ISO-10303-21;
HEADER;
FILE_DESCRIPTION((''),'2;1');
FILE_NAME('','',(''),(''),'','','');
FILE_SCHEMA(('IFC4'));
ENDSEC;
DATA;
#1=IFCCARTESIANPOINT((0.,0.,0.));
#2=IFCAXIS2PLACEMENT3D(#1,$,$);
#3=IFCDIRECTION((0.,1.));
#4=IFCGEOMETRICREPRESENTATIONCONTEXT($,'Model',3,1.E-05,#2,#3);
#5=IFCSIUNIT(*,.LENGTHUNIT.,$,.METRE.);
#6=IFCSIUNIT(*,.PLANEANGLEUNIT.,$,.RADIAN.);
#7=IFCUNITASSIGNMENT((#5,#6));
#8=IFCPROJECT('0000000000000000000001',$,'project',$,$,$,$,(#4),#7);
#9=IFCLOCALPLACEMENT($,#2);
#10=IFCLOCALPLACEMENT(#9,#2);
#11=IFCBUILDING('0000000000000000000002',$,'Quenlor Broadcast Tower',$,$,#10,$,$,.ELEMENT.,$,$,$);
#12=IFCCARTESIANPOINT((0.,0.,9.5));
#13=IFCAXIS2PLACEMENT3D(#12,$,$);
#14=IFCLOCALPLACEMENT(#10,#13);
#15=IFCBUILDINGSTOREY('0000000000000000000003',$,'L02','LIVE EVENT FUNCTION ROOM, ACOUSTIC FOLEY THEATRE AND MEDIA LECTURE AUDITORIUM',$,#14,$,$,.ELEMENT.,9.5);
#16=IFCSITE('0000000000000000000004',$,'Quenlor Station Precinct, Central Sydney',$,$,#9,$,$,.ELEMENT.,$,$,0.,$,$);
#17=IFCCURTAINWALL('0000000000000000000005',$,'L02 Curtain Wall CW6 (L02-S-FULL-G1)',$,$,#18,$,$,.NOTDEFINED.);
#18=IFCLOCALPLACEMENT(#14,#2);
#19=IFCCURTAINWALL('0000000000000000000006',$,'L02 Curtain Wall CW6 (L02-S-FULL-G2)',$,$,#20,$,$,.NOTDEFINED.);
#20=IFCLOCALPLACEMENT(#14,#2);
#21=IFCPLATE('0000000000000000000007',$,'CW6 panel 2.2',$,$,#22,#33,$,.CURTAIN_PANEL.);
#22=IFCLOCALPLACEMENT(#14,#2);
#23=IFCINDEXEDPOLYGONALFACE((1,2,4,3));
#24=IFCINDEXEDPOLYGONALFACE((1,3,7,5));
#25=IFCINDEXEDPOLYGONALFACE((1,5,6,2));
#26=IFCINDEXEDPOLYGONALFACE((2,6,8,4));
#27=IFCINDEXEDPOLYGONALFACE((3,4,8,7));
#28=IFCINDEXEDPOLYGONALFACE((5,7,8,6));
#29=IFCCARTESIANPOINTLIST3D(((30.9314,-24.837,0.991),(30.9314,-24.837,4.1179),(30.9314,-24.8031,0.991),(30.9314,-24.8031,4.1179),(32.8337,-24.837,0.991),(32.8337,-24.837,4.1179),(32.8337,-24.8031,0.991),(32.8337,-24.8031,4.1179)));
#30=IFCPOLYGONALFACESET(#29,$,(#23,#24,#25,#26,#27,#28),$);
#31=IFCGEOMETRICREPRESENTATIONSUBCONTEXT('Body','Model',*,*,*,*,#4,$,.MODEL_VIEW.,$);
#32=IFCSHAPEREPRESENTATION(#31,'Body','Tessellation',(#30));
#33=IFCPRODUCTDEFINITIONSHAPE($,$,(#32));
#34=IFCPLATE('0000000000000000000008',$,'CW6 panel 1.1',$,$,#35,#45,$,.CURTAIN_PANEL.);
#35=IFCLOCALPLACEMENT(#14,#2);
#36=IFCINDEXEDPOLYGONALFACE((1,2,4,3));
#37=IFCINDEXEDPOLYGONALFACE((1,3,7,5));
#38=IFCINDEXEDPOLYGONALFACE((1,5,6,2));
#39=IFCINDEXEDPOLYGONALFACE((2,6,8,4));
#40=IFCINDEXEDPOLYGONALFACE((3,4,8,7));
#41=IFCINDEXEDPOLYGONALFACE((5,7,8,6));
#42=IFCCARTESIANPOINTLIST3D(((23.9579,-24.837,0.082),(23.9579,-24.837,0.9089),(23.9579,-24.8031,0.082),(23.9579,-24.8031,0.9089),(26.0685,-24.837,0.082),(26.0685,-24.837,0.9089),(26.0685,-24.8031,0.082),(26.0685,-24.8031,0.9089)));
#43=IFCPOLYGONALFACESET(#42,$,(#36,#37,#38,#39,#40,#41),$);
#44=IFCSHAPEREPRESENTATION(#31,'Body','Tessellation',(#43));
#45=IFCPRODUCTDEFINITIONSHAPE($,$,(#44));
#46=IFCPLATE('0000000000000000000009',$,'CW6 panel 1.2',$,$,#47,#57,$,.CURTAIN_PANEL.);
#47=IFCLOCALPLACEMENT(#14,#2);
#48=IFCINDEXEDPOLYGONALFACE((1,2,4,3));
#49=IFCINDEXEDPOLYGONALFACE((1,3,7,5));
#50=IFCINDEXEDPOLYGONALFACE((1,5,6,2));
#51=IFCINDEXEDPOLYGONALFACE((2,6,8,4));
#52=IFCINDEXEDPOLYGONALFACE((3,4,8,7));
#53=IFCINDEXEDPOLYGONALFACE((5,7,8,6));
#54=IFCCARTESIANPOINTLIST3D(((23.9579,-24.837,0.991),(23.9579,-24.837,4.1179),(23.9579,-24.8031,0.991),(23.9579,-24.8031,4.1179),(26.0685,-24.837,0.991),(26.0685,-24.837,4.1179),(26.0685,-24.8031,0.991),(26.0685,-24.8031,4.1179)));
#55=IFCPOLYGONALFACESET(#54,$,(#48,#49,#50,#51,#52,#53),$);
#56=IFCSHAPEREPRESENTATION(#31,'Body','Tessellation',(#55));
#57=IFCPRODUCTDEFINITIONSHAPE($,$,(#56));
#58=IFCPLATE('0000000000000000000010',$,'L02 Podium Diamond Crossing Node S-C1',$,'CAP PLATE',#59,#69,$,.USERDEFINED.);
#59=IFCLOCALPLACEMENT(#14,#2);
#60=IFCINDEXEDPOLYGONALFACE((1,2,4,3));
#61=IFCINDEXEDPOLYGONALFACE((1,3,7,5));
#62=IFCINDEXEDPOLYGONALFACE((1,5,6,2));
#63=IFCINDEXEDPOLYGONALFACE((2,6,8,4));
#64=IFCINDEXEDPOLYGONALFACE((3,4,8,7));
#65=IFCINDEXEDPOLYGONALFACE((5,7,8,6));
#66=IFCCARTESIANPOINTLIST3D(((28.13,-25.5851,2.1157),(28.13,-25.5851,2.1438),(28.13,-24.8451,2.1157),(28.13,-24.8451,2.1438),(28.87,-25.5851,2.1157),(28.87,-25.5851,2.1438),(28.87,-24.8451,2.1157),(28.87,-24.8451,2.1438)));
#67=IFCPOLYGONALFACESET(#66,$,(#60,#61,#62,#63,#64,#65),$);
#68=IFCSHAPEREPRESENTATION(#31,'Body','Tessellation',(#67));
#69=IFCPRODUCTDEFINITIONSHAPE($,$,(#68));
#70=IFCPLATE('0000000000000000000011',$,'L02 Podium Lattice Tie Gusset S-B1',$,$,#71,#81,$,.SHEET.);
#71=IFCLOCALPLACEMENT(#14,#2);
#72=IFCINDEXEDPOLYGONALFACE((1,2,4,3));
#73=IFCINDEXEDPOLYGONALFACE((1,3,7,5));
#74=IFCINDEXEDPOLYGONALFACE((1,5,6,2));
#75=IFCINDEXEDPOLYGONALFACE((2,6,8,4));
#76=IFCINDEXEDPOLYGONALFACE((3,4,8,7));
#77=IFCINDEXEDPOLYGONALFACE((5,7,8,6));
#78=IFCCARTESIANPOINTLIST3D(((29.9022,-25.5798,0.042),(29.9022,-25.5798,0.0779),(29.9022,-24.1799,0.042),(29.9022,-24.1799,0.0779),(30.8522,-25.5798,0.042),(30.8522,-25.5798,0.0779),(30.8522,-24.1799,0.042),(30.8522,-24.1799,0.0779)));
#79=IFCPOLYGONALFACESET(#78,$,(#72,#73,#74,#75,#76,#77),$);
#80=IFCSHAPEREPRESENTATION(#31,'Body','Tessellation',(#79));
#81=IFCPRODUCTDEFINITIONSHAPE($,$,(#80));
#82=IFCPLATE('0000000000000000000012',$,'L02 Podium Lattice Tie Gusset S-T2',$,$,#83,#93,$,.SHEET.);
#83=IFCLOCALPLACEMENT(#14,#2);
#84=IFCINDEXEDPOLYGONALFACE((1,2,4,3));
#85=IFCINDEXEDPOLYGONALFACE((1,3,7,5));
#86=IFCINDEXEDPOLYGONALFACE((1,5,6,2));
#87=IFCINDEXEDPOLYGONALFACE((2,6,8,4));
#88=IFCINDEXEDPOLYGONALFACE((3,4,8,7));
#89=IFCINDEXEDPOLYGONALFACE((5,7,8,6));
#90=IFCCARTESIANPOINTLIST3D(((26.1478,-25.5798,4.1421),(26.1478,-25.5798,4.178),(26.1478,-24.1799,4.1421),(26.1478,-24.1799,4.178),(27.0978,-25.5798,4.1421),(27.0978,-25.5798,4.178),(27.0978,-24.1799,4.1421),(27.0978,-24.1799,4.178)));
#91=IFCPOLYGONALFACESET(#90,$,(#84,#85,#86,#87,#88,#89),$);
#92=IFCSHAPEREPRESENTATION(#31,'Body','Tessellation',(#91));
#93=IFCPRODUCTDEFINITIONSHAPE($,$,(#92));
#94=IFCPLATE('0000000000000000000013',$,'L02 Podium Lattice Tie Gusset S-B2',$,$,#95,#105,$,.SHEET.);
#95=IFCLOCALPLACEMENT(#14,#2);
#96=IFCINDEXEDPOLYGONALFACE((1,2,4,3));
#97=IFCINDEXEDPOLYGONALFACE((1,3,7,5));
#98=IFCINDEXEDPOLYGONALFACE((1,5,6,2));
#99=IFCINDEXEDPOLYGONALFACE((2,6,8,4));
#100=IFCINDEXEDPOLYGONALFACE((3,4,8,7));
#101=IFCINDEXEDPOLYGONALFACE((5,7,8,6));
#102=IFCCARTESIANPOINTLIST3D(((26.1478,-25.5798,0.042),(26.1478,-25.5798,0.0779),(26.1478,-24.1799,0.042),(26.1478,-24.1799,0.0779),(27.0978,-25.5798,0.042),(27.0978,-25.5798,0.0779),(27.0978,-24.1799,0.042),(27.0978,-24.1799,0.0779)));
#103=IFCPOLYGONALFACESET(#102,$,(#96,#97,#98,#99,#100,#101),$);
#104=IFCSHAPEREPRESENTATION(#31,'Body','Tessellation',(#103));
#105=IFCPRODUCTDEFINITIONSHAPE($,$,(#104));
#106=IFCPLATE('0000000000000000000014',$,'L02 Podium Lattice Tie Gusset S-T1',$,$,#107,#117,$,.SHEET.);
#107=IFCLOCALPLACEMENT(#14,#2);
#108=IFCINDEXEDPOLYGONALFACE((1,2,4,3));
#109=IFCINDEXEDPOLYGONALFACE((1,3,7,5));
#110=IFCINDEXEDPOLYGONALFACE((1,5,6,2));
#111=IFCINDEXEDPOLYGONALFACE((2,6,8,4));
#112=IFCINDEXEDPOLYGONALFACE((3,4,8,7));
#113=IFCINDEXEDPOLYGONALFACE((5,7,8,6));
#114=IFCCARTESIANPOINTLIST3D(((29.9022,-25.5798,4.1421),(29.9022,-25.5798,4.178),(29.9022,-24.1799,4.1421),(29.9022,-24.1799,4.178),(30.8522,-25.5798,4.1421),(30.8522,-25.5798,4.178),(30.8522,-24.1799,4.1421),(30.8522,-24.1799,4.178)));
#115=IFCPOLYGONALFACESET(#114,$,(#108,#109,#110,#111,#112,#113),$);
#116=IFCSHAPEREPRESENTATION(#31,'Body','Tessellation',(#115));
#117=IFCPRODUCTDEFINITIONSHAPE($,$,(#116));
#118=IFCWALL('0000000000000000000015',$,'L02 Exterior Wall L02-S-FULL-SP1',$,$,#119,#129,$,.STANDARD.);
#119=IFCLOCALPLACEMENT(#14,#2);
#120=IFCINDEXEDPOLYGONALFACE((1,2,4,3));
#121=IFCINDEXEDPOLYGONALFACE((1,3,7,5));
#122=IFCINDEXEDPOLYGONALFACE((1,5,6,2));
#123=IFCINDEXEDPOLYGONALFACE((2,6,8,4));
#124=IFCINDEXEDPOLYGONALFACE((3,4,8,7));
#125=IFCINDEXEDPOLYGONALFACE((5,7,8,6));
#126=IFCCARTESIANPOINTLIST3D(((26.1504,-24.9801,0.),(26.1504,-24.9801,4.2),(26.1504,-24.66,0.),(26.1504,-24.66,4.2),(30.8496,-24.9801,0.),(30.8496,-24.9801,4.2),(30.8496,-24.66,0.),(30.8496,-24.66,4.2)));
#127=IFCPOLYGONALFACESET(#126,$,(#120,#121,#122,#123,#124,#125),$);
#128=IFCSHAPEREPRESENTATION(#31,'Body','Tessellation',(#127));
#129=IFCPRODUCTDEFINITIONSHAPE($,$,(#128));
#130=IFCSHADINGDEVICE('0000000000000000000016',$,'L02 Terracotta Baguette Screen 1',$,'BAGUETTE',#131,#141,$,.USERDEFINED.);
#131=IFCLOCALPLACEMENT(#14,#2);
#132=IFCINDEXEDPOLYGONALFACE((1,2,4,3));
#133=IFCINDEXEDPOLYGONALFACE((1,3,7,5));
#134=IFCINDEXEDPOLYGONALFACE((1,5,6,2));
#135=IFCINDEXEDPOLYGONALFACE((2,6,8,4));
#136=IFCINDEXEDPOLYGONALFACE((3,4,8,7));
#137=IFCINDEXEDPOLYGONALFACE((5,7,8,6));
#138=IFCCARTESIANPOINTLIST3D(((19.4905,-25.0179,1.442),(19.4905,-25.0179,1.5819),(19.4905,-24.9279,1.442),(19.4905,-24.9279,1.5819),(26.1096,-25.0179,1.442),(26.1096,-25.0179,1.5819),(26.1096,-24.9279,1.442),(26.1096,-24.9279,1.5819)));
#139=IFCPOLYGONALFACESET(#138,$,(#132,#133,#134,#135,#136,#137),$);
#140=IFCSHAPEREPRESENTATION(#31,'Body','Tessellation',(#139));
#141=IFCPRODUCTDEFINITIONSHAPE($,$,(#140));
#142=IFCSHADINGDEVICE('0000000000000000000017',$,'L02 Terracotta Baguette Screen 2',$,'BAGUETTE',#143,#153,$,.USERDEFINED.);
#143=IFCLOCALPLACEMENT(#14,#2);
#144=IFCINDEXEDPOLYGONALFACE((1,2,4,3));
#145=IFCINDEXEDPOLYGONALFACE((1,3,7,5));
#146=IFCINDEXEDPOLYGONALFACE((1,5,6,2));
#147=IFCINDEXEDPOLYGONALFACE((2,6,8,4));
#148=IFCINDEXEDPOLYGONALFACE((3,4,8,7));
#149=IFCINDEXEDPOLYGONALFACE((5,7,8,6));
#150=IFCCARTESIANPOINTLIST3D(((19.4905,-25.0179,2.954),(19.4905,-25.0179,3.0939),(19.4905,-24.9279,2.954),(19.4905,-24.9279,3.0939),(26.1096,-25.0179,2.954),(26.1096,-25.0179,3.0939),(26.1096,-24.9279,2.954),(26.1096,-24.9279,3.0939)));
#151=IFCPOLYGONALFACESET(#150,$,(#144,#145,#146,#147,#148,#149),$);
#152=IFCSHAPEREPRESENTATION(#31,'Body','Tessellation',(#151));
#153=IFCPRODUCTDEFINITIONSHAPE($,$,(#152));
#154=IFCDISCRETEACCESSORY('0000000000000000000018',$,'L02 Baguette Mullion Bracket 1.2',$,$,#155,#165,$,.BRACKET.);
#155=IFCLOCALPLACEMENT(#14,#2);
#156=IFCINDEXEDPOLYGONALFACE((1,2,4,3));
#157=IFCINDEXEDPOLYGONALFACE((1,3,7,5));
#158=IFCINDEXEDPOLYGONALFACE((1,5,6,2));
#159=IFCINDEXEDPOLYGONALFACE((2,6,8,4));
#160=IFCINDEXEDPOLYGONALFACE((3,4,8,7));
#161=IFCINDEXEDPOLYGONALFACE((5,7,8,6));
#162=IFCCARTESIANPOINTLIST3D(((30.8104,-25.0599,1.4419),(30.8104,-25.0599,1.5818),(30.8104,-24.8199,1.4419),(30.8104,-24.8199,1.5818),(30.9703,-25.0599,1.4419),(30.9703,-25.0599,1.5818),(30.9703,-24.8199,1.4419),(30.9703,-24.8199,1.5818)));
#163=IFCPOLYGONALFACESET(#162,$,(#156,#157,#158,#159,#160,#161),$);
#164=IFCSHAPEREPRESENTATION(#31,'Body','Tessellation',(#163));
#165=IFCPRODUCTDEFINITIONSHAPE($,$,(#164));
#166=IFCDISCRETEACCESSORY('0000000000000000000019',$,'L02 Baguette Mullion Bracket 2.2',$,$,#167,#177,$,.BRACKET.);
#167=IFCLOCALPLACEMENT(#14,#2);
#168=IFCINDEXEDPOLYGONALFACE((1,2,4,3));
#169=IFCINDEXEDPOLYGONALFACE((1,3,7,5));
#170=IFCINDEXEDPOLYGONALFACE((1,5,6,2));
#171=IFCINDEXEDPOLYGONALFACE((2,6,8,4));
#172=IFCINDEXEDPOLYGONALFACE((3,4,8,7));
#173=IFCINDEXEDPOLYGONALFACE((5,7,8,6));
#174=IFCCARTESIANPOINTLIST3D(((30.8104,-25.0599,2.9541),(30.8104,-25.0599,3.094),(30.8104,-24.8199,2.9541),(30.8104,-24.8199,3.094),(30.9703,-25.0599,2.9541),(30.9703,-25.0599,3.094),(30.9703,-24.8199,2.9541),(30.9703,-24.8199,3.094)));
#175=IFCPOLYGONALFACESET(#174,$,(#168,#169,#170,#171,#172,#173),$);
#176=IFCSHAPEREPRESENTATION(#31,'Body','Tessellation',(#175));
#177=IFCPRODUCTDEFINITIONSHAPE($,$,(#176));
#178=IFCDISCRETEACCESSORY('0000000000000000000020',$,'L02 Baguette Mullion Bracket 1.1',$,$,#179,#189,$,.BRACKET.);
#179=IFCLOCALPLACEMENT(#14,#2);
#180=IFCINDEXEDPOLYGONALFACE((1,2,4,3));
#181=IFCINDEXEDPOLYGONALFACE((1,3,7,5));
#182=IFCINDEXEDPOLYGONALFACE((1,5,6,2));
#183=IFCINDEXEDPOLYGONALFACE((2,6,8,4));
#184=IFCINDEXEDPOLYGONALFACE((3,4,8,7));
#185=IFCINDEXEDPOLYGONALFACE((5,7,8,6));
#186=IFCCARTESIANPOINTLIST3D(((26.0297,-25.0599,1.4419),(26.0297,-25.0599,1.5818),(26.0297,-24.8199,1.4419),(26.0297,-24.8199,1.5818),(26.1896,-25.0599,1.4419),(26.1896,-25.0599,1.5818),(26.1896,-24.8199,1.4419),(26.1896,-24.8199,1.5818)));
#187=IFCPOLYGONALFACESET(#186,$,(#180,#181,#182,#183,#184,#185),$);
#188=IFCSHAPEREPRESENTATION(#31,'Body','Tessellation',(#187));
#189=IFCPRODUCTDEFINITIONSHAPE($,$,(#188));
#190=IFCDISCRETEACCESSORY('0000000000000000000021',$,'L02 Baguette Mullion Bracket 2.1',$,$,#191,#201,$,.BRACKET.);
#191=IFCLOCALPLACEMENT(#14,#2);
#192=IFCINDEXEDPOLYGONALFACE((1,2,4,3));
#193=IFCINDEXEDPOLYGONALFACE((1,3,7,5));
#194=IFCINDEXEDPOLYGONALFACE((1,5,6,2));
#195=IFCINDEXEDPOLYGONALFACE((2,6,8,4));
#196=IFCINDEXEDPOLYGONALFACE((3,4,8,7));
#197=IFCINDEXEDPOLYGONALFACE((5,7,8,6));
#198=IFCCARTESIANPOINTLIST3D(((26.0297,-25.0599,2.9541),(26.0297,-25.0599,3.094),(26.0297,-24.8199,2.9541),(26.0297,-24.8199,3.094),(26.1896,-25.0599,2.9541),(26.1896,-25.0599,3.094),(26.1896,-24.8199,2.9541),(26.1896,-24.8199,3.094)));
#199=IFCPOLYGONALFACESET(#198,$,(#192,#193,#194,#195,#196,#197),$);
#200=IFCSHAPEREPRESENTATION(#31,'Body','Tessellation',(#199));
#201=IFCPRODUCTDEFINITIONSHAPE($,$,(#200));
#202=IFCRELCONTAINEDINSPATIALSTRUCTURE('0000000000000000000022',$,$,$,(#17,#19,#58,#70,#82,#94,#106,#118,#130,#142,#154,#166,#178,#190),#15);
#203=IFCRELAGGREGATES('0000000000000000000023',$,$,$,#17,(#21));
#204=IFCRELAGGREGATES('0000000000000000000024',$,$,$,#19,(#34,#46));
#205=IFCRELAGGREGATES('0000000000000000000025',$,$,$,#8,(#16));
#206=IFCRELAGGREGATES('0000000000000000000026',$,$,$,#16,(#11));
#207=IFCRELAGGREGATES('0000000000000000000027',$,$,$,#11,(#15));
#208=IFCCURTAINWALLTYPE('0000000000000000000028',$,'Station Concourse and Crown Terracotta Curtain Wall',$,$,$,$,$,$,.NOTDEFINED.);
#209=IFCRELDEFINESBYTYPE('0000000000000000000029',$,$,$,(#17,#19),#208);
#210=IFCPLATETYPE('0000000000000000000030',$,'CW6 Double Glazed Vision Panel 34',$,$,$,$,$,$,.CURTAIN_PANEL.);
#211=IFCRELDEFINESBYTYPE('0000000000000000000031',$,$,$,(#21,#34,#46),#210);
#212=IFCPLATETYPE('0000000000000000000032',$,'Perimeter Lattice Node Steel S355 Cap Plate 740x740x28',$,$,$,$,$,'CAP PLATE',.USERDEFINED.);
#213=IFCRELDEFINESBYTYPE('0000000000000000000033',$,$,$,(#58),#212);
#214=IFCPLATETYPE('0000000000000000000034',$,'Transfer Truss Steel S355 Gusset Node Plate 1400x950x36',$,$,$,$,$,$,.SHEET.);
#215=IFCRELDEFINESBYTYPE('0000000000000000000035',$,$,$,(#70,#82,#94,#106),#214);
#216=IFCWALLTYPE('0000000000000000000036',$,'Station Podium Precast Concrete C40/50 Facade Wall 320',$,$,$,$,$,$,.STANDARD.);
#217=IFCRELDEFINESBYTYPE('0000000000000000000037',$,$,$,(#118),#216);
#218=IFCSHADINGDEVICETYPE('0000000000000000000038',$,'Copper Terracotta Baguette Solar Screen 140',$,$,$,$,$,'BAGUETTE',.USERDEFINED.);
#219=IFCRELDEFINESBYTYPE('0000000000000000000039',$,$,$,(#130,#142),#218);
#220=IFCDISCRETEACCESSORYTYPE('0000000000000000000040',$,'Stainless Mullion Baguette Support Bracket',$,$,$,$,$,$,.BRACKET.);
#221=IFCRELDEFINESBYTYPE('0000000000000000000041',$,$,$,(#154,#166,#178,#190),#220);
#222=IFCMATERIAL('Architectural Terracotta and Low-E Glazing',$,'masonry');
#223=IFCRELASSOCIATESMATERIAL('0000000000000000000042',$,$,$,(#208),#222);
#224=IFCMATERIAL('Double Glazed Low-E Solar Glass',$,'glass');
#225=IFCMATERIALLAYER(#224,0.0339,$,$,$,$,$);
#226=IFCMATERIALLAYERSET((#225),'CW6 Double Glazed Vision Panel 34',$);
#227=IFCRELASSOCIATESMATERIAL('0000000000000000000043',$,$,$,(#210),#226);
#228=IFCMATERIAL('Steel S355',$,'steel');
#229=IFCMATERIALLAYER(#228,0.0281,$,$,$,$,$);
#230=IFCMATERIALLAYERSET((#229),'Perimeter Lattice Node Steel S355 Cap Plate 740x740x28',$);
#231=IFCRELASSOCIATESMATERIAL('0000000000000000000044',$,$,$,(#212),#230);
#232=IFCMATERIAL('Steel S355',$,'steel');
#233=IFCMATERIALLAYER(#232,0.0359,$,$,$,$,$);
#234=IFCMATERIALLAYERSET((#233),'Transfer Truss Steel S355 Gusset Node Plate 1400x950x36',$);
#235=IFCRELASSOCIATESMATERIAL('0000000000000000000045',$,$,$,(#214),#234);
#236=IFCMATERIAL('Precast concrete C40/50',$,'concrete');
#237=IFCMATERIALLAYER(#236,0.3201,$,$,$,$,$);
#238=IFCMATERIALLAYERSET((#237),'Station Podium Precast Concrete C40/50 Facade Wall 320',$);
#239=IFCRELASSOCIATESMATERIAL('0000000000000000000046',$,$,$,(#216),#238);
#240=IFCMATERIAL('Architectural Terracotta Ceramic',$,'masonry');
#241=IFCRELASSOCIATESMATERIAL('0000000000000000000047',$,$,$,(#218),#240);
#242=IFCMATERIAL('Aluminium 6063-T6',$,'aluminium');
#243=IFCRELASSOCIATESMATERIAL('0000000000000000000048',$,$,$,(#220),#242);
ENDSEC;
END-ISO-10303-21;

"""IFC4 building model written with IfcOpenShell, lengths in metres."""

from ifc_helpers import new_model, si_unit, direction, frame, frame_2d, origin, origin_2d, place, context, subcontext, project, spatial, rectangle, extrude, material, layer, layer_set, material_profile, profile_set, type_object, element, aggregate, save


model = new_model("IFC4")

# Units and contexts
model_context = context("Model", 3, precision=1e-05, world=origin(), true_north=direction((0.0, 1.0)))
body_context = subcontext(model_context, "Body", "Model", "MODEL_VIEW")
ifc_project = project(units=[si_unit("LENGTHUNIT", "METRE"), si_unit("PLANEANGLEUNIT", "RADIAN")], contexts=[model_context])

# Site, building, storey
site_placement = place(None, origin())
site = spatial("IfcSite", under=ifc_project, at=site_placement, Name="Quenlor Station Precinct, Central Sydney", CompositionType="ELEMENT", RefElevation=0.0)
building_placement = place(site_placement, origin())
building = spatial("IfcBuilding", under=site, at=building_placement, Name="Quenlor Broadcast Tower", CompositionType="ELEMENT")
storey_placement = place(building_placement, frame((0.0, 0.0, 9.5)))
storey = spatial("IfcBuildingStorey", under=building, at=storey_placement, Name="L02", Description="LIVE EVENT FUNCTION ROOM, ACOUSTIC FOLEY THEATRE AND MEDIA LECTURE AUDITORIUM", CompositionType="ELEMENT", Elevation=9.5)

# Curtain wall
ifc_material_1 = material(Name="Architectural Terracotta and Low-E Glazing", Category="masonry")
curtain_wall_type = type_object("IfcCurtainWallType", Name="Station Concourse and Crown Terracotta Curtain Wall", PredefinedType="NOTDEFINED", material=ifc_material_1)
curtain_wall_1_placement = place(storey_placement, origin())
curtain_wall_1 = element("IfcCurtainWall", 1, at=curtain_wall_1_placement, inside=storey, type_object=curtain_wall_type, Name="L02 Curtain Wall CW6 (L02-S-FULL-G1)", PredefinedType="NOTDEFINED")

# Curtain wall
curtain_wall_2_placement = place(storey_placement, origin())
curtain_wall_2 = element("IfcCurtainWall", 2, at=curtain_wall_2_placement, inside=storey, type_object=curtain_wall_type, Name="L02 Curtain Wall CW6 (L02-S-FULL-G2)", PredefinedType="NOTDEFINED")

# Plates
ifc_material_2 = material(Name="Double Glazed Low-E Solar Glass", Category="glass")
ifc_layer_1 = layer(ifc_material_2, 0.0339)
ifc_layer_set_1 = layer_set([ifc_layer_1], Name="CW6 Double Glazed Vision Panel 34")
plate_type_1 = type_object("IfcPlateType", Name="CW6 Double Glazed Vision Panel 34", PredefinedType="CURTAIN_PANEL", material=ifc_layer_set_1)
plate_1_placement = place(storey_placement, frame((31.8826, -24.8201, 0.991), z_axis=(0.0, 0.0, 1.0), x_axis=(-1.0, 0.0, 0.0)))
plate_1 = element("IfcPlate", 3, at=plate_1_placement, type_object=plate_type_1, Name="CW6 panel 2.2", PredefinedType="CURTAIN_PANEL", context=body_context, shape_type="SweptSolid", body=[
    extrude(rectangle(XDim=1.9023, YDim=0.0339, at=origin_2d()), origin(), (0.0, 0.0, 1.0), 3.127),
])
aggregate(curtain_wall_1, [plate_1])
plate_2_placement = place(storey_placement, frame((25.0132, -24.8201, 0.082), z_axis=(0.0, 0.0, 1.0), x_axis=(-1.0, 0.0, 0.0)))
plate_2 = element("IfcPlate", 4, at=plate_2_placement, type_object=plate_type_1, Name="CW6 panel 1.1", PredefinedType="CURTAIN_PANEL", context=body_context, shape_type="SweptSolid", body=[
    extrude(rectangle(XDim=2.1106, YDim=0.0339, at=origin_2d()), origin(), (0.0, 0.0, 1.0), 0.8269),
])
plate_3_placement = place(storey_placement, frame((25.0132, -24.8201, 0.991), z_axis=(0.0, 0.0, 1.0), x_axis=(-1.0, 0.0, 0.0)))
plate_3 = element("IfcPlate", 5, at=plate_3_placement, type_object=plate_type_1, Name="CW6 panel 1.2", PredefinedType="CURTAIN_PANEL", context=body_context, shape_type="SweptSolid", body=[
    extrude(rectangle(XDim=2.1106, YDim=0.0339, at=origin_2d()), origin(), (0.0, 0.0, 1.0), 3.127),
])
aggregate(curtain_wall_2, [plate_2, plate_3])

# Plates
ifc_material_3 = material(Name="Steel S355", Category="steel")
ifc_layer_2 = layer(ifc_material_3, 0.0281)
ifc_layer_set_2 = layer_set([ifc_layer_2], Name="Perimeter Lattice Node Steel S355 Cap Plate 740x740x28")
plate_type_2 = type_object("IfcPlateType", Name="Perimeter Lattice Node Steel S355 Cap Plate 740x740x28", ElementType="CAP PLATE", PredefinedType="USERDEFINED", material=ifc_layer_set_2)
plate_4_placement = place(storey_placement, frame((28.5, -25.2151, 2.1157), z_axis=(0.0, 0.0, 1.0), x_axis=(-1.0, 0.0, 0.0)))
element("IfcPlate", 6, at=plate_4_placement, inside=storey, type_object=plate_type_2, Name="L02 Podium Diamond Crossing Node S-C1", ObjectType="CAP PLATE", PredefinedType="USERDEFINED", context=body_context, shape_type="SweptSolid", body=[
    extrude(rectangle(XDim=0.74, YDim=0.74, at=origin_2d()), origin(), (0.0, 0.0, 1.0), 0.0281),
])
ifc_material_4 = material(Name="Steel S355", Category="steel")
ifc_layer_3 = layer(ifc_material_4, 0.0359)
ifc_layer_set_3 = layer_set([ifc_layer_3], Name="Transfer Truss Steel S355 Gusset Node Plate 1400x950x36")
plate_type_3 = type_object("IfcPlateType", Name="Transfer Truss Steel S355 Gusset Node Plate 1400x950x36", PredefinedType="SHEET", material=ifc_layer_set_3)
for number, where, z_axis, x_axis, name in (
    (7, (30.3772, -24.8799, 0.042), (0.0, 0.0, 1.0), (0.0, -1.0, 0.0), "L02 Podium Lattice Tie Gusset S-B1"),
    (8, (26.6228, -24.8799, 4.1421), (0.0, 0.0, 1.0), (0.0, -1.0, 0.0), "L02 Podium Lattice Tie Gusset S-T2"),
    (9, (26.6228, -24.8799, 0.042), (0.0, 0.0, 1.0), (0.0, -1.0, 0.0), "L02 Podium Lattice Tie Gusset S-B2"),
    (10, (30.3772, -24.8799, 4.1421), (0.0, 0.0, 1.0), (0.0, -1.0, 0.0), "L02 Podium Lattice Tie Gusset S-T1"),
):
    element("IfcPlate", number, at=place(storey_placement, frame(where, z_axis=z_axis, x_axis=x_axis)), inside=storey, type_object=plate_type_3, Name=name, PredefinedType="SHEET", context=body_context, shape_type="SweptSolid", body=[
        extrude(rectangle(XDim=1.3999, YDim=0.95, at=origin_2d()), origin(), (0.0, 0.0, 1.0), 0.0359),
    ])

# Wall
ifc_material_5 = material(Name="Precast concrete C40/50", Category="concrete")
ifc_layer_4 = layer(ifc_material_5, 0.3201)
ifc_layer_set_4 = layer_set([ifc_layer_4], Name="Station Podium Precast Concrete C40/50 Facade Wall 320")
wall_type = type_object("IfcWallType", Name="Station Podium Precast Concrete C40/50 Facade Wall 320", PredefinedType="STANDARD", material=ifc_layer_set_4)
wall_placement = place(storey_placement, frame((30.8496, -24.8201, 0.0), z_axis=(0.0, 0.0, 1.0), x_axis=(-1.0, 0.0, 0.0)))
element("IfcWall", 11, at=wall_placement, inside=storey, type_object=wall_type, Name="L02 Exterior Wall L02-S-FULL-SP1", PredefinedType="STANDARD", context=body_context, shape_type="SweptSolid", body=[
    extrude(rectangle(XDim=4.6992, YDim=0.3201, at=frame_2d((2.3496, 0.0))), origin(), (0.0, 0.0, 1.0), 4.2),
])

# Shading devices
ifc_material_6 = material(Name="Architectural Terracotta Ceramic", Category="masonry")
ifc_material_profile_1 = material_profile(ifc_material_6, rectangle(XDim=0.0901, YDim=0.1399, at=origin_2d()))
ifc_profile_set_1 = profile_set([ifc_material_profile_1], Name="Architectural Terracotta Ceramic BAG90x140")
shading_device_type = type_object("IfcShadingDeviceType", Name="Copper Terracotta Baguette Solar Screen 140", ElementType="BAGUETTE", PredefinedType="USERDEFINED", material=ifc_profile_set_1)
for number, where, z_axis, x_axis, name in (
    (12, (26.1096, -24.9729, 1.512), (-1.0, 0.0, 0.0), (0.0, -1.0, 0.0), "L02 Terracotta Baguette Screen 1"),
    (13, (26.1096, -24.9729, 3.0239), (-1.0, 0.0, 0.0), (0.0, -1.0, 0.0), "L02 Terracotta Baguette Screen 2"),
):
    element("IfcShadingDevice", number, at=place(storey_placement, frame(where, z_axis=z_axis, x_axis=x_axis)), inside=storey, type_object=shading_device_type, Name=name, ObjectType="BAGUETTE", PredefinedType="USERDEFINED", context=body_context, shape_type="SweptSolid", body=[
        extrude(rectangle(XDim=0.0901, YDim=0.1399, at=origin_2d()), origin(), (0.0, 0.0, 1.0), 6.6191),
    ])

# Discrete accessories
ifc_material_7 = material(Name="Aluminium 6063-T6", Category="aluminium")
discrete_accessory_type = type_object("IfcDiscreteAccessoryType", Name="Stainless Mullion Baguette Support Bracket", PredefinedType="BRACKET", material=ifc_material_7)
for number, where, z_axis, x_axis, name in (
    (14, (30.8904, -24.9399, 1.4419), (0.0, 0.0, 1.0), (-1.0, 0.0, 0.0), "L02 Baguette Mullion Bracket 1.2"),
    (15, (30.8904, -24.9399, 2.9541), (0.0, 0.0, 1.0), (-1.0, 0.0, 0.0), "L02 Baguette Mullion Bracket 2.2"),
    (16, (26.1096, -24.9399, 1.4419), (0.0, 0.0, 1.0), (-1.0, 0.0, 0.0), "L02 Baguette Mullion Bracket 1.1"),
    (17, (26.1096, -24.9399, 2.9541), (0.0, 0.0, 1.0), (-1.0, 0.0, 0.0), "L02 Baguette Mullion Bracket 2.1"),
):
    element("IfcDiscreteAccessory", number, at=place(storey_placement, frame(where, z_axis=z_axis, x_axis=x_axis)), inside=storey, type_object=discrete_accessory_type, Name=name, PredefinedType="BRACKET", context=body_context, shape_type="SweptSolid", body=[
        extrude(rectangle(XDim=0.1599, YDim=0.24, at=origin_2d()), origin(), (0.0, 0.0, 1.0), 0.1399),
    ])

save(model, "model.ifc")
